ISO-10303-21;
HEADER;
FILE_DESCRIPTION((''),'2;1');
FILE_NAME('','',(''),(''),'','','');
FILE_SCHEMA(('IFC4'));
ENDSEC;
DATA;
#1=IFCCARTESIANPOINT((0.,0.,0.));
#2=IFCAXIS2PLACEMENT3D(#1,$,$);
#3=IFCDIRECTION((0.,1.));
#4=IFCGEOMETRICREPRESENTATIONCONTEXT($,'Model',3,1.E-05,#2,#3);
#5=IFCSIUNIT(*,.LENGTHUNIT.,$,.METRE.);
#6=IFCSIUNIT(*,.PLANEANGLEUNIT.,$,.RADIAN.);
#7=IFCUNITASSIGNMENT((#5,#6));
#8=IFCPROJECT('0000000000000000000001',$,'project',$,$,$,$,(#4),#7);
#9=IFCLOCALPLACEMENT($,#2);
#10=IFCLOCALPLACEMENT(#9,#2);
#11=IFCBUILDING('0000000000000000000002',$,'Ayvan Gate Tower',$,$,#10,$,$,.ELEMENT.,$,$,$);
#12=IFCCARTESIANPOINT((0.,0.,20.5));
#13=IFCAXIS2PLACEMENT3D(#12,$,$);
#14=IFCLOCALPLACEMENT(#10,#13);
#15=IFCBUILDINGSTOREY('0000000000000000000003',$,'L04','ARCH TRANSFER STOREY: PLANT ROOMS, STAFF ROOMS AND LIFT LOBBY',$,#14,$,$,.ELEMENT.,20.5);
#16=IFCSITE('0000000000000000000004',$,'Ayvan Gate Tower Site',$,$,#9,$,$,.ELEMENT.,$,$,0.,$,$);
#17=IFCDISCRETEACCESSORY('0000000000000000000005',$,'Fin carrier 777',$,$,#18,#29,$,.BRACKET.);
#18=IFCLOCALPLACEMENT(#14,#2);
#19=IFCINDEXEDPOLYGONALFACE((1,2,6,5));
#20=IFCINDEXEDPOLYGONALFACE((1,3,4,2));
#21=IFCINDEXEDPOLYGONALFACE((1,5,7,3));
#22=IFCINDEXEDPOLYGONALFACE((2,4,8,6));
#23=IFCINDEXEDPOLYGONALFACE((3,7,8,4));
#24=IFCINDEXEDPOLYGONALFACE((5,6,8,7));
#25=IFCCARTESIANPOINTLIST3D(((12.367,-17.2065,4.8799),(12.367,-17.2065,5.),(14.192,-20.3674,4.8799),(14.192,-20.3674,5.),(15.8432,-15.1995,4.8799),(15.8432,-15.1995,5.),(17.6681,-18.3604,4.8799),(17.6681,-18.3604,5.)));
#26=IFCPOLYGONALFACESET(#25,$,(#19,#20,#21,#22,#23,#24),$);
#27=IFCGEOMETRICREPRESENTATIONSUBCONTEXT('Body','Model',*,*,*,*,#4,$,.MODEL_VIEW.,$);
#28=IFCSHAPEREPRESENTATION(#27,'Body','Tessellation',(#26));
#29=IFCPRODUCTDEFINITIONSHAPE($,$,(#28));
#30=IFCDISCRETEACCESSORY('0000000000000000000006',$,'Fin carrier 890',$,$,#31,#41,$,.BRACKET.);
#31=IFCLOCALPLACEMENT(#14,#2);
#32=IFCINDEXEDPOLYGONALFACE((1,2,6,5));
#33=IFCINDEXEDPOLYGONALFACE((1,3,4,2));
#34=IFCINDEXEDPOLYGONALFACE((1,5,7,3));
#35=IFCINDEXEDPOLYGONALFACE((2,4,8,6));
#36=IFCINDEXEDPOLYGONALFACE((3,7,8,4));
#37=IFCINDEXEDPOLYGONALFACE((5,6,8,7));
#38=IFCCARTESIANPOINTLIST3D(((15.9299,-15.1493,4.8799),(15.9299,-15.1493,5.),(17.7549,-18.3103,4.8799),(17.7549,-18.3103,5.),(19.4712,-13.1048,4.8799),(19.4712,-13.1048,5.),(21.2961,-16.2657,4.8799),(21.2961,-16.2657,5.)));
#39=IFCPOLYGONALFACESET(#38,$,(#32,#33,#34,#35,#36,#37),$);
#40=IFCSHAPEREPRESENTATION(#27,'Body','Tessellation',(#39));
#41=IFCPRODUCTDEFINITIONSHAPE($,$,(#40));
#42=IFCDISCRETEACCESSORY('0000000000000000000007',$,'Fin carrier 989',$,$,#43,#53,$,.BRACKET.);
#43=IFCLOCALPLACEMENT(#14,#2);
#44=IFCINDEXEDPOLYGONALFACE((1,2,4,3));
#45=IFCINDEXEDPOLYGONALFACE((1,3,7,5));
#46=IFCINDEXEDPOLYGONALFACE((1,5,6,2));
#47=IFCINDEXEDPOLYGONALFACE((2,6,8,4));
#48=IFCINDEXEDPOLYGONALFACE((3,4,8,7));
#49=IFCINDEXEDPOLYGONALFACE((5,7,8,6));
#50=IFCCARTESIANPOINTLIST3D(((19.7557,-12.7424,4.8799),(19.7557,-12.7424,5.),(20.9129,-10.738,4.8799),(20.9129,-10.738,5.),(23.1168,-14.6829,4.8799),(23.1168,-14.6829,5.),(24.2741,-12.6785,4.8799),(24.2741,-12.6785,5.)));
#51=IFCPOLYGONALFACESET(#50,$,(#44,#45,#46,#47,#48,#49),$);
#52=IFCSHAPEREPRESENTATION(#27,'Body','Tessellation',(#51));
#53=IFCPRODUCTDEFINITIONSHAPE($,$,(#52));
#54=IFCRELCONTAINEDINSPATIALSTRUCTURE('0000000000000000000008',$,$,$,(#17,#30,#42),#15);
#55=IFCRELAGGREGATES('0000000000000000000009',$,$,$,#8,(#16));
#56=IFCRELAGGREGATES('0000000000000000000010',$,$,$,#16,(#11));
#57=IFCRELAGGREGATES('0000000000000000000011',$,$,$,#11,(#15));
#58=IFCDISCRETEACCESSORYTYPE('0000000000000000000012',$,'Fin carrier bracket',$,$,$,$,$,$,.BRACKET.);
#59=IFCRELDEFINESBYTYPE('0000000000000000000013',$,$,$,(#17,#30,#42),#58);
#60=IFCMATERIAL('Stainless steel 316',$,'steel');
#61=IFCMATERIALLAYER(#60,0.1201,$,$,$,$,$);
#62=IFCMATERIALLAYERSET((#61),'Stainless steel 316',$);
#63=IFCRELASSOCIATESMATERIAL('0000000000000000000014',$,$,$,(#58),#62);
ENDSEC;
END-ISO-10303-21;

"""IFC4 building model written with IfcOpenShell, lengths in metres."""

from ifc_helpers import new_model, si_unit, direction, frame, origin, origin_2d, place, context, subcontext, project, spatial, rectangle, extrude, material, layer, layer_set, type_object, element, save


model = new_model("IFC4")

# Units and contexts
model_context = context("Model", 3, precision=1e-05, world=origin(), true_north=direction((0.0, 1.0)))
body_context = subcontext(model_context, "Body", "Model", "MODEL_VIEW")
ifc_project = project(units=[si_unit("LENGTHUNIT", "METRE"), si_unit("PLANEANGLEUNIT", "RADIAN")], contexts=[model_context])

# Site, building, storey
site_placement = place(None, origin())
site = spatial("IfcSite", under=ifc_project, at=site_placement, Name="Ayvan Gate Tower Site", CompositionType="ELEMENT", RefElevation=0.0)
building_placement = place(site_placement, origin())
building = spatial("IfcBuilding", under=site, at=building_placement, Name="Ayvan Gate Tower", CompositionType="ELEMENT")
storey_placement = place(building_placement, frame((0.0, 0.0, 20.5)))
storey = spatial("IfcBuildingStorey", under=building, at=storey_placement, Name="L04", Description="ARCH TRANSFER STOREY: PLANT ROOMS, STAFF ROOMS AND LIFT LOBBY", CompositionType="ELEMENT", Elevation=20.5)

# Discrete accessories
ifc_material_1 = material(Name="Stainless steel 316", Category="steel")
ifc_layer_1 = layer(ifc_material_1, 0.1201)
ifc_layer_set_1 = layer_set([ifc_layer_1], Name="Stainless steel 316")
discrete_accessory_type_1 = type_object("IfcDiscreteAccessoryType", Name="Fin carrier bracket", PredefinedType="BRACKET", material=ifc_layer_set_1)
discrete_accessory_1_placement = place(storey_placement, frame((15.0176, -17.7834, 4.8799), z_axis=(0.0, 0.0, 1.0), x_axis=(0.866025, 0.5, 0.0)))
element("IfcDiscreteAccessory", 1, at=discrete_accessory_1_placement, inside=storey, type_object=discrete_accessory_type_1, Name="Fin carrier 777", PredefinedType="BRACKET", context=body_context, shape_type="SweptSolid", body=[
    extrude(rectangle(XDim=4.0139, YDim=3.6499, at=origin_2d()), origin(), (0.0, 0.0, 1.0), 0.1201),
])
discrete_accessory_2_placement = place(storey_placement, frame((18.613, -15.7075, 4.8799), z_axis=(0.0, 0.0, 1.0), x_axis=(0.866025, 0.5, 0.0)))
element("IfcDiscreteAccessory", 2, at=discrete_accessory_2_placement, inside=storey, type_object=discrete_accessory_type_1, Name="Fin carrier 890", PredefinedType="BRACKET", context=body_context, shape_type="SweptSolid", body=[
    extrude(rectangle(XDim=4.0891, YDim=3.6499, at=origin_2d()), origin(), (0.0, 0.0, 1.0), 0.1201),
])
discrete_accessory_3_placement = place(storey_placement, frame((22.0149, -12.7104, 4.8799), z_axis=(0.0, 0.0, 1.0), x_axis=(0.5, 0.866025, 0.0)))
element("IfcDiscreteAccessory", 3, at=discrete_accessory_3_placement, inside=storey, type_object=discrete_accessory_type_1, Name="Fin carrier 989", PredefinedType="BRACKET", context=body_context, shape_type="SweptSolid", body=[
    extrude(rectangle(XDim=2.3145, YDim=3.8811, at=origin_2d()), origin(), (0.0, 0.0, 1.0), 0.1201),
])

save(model, "model.ifc")
